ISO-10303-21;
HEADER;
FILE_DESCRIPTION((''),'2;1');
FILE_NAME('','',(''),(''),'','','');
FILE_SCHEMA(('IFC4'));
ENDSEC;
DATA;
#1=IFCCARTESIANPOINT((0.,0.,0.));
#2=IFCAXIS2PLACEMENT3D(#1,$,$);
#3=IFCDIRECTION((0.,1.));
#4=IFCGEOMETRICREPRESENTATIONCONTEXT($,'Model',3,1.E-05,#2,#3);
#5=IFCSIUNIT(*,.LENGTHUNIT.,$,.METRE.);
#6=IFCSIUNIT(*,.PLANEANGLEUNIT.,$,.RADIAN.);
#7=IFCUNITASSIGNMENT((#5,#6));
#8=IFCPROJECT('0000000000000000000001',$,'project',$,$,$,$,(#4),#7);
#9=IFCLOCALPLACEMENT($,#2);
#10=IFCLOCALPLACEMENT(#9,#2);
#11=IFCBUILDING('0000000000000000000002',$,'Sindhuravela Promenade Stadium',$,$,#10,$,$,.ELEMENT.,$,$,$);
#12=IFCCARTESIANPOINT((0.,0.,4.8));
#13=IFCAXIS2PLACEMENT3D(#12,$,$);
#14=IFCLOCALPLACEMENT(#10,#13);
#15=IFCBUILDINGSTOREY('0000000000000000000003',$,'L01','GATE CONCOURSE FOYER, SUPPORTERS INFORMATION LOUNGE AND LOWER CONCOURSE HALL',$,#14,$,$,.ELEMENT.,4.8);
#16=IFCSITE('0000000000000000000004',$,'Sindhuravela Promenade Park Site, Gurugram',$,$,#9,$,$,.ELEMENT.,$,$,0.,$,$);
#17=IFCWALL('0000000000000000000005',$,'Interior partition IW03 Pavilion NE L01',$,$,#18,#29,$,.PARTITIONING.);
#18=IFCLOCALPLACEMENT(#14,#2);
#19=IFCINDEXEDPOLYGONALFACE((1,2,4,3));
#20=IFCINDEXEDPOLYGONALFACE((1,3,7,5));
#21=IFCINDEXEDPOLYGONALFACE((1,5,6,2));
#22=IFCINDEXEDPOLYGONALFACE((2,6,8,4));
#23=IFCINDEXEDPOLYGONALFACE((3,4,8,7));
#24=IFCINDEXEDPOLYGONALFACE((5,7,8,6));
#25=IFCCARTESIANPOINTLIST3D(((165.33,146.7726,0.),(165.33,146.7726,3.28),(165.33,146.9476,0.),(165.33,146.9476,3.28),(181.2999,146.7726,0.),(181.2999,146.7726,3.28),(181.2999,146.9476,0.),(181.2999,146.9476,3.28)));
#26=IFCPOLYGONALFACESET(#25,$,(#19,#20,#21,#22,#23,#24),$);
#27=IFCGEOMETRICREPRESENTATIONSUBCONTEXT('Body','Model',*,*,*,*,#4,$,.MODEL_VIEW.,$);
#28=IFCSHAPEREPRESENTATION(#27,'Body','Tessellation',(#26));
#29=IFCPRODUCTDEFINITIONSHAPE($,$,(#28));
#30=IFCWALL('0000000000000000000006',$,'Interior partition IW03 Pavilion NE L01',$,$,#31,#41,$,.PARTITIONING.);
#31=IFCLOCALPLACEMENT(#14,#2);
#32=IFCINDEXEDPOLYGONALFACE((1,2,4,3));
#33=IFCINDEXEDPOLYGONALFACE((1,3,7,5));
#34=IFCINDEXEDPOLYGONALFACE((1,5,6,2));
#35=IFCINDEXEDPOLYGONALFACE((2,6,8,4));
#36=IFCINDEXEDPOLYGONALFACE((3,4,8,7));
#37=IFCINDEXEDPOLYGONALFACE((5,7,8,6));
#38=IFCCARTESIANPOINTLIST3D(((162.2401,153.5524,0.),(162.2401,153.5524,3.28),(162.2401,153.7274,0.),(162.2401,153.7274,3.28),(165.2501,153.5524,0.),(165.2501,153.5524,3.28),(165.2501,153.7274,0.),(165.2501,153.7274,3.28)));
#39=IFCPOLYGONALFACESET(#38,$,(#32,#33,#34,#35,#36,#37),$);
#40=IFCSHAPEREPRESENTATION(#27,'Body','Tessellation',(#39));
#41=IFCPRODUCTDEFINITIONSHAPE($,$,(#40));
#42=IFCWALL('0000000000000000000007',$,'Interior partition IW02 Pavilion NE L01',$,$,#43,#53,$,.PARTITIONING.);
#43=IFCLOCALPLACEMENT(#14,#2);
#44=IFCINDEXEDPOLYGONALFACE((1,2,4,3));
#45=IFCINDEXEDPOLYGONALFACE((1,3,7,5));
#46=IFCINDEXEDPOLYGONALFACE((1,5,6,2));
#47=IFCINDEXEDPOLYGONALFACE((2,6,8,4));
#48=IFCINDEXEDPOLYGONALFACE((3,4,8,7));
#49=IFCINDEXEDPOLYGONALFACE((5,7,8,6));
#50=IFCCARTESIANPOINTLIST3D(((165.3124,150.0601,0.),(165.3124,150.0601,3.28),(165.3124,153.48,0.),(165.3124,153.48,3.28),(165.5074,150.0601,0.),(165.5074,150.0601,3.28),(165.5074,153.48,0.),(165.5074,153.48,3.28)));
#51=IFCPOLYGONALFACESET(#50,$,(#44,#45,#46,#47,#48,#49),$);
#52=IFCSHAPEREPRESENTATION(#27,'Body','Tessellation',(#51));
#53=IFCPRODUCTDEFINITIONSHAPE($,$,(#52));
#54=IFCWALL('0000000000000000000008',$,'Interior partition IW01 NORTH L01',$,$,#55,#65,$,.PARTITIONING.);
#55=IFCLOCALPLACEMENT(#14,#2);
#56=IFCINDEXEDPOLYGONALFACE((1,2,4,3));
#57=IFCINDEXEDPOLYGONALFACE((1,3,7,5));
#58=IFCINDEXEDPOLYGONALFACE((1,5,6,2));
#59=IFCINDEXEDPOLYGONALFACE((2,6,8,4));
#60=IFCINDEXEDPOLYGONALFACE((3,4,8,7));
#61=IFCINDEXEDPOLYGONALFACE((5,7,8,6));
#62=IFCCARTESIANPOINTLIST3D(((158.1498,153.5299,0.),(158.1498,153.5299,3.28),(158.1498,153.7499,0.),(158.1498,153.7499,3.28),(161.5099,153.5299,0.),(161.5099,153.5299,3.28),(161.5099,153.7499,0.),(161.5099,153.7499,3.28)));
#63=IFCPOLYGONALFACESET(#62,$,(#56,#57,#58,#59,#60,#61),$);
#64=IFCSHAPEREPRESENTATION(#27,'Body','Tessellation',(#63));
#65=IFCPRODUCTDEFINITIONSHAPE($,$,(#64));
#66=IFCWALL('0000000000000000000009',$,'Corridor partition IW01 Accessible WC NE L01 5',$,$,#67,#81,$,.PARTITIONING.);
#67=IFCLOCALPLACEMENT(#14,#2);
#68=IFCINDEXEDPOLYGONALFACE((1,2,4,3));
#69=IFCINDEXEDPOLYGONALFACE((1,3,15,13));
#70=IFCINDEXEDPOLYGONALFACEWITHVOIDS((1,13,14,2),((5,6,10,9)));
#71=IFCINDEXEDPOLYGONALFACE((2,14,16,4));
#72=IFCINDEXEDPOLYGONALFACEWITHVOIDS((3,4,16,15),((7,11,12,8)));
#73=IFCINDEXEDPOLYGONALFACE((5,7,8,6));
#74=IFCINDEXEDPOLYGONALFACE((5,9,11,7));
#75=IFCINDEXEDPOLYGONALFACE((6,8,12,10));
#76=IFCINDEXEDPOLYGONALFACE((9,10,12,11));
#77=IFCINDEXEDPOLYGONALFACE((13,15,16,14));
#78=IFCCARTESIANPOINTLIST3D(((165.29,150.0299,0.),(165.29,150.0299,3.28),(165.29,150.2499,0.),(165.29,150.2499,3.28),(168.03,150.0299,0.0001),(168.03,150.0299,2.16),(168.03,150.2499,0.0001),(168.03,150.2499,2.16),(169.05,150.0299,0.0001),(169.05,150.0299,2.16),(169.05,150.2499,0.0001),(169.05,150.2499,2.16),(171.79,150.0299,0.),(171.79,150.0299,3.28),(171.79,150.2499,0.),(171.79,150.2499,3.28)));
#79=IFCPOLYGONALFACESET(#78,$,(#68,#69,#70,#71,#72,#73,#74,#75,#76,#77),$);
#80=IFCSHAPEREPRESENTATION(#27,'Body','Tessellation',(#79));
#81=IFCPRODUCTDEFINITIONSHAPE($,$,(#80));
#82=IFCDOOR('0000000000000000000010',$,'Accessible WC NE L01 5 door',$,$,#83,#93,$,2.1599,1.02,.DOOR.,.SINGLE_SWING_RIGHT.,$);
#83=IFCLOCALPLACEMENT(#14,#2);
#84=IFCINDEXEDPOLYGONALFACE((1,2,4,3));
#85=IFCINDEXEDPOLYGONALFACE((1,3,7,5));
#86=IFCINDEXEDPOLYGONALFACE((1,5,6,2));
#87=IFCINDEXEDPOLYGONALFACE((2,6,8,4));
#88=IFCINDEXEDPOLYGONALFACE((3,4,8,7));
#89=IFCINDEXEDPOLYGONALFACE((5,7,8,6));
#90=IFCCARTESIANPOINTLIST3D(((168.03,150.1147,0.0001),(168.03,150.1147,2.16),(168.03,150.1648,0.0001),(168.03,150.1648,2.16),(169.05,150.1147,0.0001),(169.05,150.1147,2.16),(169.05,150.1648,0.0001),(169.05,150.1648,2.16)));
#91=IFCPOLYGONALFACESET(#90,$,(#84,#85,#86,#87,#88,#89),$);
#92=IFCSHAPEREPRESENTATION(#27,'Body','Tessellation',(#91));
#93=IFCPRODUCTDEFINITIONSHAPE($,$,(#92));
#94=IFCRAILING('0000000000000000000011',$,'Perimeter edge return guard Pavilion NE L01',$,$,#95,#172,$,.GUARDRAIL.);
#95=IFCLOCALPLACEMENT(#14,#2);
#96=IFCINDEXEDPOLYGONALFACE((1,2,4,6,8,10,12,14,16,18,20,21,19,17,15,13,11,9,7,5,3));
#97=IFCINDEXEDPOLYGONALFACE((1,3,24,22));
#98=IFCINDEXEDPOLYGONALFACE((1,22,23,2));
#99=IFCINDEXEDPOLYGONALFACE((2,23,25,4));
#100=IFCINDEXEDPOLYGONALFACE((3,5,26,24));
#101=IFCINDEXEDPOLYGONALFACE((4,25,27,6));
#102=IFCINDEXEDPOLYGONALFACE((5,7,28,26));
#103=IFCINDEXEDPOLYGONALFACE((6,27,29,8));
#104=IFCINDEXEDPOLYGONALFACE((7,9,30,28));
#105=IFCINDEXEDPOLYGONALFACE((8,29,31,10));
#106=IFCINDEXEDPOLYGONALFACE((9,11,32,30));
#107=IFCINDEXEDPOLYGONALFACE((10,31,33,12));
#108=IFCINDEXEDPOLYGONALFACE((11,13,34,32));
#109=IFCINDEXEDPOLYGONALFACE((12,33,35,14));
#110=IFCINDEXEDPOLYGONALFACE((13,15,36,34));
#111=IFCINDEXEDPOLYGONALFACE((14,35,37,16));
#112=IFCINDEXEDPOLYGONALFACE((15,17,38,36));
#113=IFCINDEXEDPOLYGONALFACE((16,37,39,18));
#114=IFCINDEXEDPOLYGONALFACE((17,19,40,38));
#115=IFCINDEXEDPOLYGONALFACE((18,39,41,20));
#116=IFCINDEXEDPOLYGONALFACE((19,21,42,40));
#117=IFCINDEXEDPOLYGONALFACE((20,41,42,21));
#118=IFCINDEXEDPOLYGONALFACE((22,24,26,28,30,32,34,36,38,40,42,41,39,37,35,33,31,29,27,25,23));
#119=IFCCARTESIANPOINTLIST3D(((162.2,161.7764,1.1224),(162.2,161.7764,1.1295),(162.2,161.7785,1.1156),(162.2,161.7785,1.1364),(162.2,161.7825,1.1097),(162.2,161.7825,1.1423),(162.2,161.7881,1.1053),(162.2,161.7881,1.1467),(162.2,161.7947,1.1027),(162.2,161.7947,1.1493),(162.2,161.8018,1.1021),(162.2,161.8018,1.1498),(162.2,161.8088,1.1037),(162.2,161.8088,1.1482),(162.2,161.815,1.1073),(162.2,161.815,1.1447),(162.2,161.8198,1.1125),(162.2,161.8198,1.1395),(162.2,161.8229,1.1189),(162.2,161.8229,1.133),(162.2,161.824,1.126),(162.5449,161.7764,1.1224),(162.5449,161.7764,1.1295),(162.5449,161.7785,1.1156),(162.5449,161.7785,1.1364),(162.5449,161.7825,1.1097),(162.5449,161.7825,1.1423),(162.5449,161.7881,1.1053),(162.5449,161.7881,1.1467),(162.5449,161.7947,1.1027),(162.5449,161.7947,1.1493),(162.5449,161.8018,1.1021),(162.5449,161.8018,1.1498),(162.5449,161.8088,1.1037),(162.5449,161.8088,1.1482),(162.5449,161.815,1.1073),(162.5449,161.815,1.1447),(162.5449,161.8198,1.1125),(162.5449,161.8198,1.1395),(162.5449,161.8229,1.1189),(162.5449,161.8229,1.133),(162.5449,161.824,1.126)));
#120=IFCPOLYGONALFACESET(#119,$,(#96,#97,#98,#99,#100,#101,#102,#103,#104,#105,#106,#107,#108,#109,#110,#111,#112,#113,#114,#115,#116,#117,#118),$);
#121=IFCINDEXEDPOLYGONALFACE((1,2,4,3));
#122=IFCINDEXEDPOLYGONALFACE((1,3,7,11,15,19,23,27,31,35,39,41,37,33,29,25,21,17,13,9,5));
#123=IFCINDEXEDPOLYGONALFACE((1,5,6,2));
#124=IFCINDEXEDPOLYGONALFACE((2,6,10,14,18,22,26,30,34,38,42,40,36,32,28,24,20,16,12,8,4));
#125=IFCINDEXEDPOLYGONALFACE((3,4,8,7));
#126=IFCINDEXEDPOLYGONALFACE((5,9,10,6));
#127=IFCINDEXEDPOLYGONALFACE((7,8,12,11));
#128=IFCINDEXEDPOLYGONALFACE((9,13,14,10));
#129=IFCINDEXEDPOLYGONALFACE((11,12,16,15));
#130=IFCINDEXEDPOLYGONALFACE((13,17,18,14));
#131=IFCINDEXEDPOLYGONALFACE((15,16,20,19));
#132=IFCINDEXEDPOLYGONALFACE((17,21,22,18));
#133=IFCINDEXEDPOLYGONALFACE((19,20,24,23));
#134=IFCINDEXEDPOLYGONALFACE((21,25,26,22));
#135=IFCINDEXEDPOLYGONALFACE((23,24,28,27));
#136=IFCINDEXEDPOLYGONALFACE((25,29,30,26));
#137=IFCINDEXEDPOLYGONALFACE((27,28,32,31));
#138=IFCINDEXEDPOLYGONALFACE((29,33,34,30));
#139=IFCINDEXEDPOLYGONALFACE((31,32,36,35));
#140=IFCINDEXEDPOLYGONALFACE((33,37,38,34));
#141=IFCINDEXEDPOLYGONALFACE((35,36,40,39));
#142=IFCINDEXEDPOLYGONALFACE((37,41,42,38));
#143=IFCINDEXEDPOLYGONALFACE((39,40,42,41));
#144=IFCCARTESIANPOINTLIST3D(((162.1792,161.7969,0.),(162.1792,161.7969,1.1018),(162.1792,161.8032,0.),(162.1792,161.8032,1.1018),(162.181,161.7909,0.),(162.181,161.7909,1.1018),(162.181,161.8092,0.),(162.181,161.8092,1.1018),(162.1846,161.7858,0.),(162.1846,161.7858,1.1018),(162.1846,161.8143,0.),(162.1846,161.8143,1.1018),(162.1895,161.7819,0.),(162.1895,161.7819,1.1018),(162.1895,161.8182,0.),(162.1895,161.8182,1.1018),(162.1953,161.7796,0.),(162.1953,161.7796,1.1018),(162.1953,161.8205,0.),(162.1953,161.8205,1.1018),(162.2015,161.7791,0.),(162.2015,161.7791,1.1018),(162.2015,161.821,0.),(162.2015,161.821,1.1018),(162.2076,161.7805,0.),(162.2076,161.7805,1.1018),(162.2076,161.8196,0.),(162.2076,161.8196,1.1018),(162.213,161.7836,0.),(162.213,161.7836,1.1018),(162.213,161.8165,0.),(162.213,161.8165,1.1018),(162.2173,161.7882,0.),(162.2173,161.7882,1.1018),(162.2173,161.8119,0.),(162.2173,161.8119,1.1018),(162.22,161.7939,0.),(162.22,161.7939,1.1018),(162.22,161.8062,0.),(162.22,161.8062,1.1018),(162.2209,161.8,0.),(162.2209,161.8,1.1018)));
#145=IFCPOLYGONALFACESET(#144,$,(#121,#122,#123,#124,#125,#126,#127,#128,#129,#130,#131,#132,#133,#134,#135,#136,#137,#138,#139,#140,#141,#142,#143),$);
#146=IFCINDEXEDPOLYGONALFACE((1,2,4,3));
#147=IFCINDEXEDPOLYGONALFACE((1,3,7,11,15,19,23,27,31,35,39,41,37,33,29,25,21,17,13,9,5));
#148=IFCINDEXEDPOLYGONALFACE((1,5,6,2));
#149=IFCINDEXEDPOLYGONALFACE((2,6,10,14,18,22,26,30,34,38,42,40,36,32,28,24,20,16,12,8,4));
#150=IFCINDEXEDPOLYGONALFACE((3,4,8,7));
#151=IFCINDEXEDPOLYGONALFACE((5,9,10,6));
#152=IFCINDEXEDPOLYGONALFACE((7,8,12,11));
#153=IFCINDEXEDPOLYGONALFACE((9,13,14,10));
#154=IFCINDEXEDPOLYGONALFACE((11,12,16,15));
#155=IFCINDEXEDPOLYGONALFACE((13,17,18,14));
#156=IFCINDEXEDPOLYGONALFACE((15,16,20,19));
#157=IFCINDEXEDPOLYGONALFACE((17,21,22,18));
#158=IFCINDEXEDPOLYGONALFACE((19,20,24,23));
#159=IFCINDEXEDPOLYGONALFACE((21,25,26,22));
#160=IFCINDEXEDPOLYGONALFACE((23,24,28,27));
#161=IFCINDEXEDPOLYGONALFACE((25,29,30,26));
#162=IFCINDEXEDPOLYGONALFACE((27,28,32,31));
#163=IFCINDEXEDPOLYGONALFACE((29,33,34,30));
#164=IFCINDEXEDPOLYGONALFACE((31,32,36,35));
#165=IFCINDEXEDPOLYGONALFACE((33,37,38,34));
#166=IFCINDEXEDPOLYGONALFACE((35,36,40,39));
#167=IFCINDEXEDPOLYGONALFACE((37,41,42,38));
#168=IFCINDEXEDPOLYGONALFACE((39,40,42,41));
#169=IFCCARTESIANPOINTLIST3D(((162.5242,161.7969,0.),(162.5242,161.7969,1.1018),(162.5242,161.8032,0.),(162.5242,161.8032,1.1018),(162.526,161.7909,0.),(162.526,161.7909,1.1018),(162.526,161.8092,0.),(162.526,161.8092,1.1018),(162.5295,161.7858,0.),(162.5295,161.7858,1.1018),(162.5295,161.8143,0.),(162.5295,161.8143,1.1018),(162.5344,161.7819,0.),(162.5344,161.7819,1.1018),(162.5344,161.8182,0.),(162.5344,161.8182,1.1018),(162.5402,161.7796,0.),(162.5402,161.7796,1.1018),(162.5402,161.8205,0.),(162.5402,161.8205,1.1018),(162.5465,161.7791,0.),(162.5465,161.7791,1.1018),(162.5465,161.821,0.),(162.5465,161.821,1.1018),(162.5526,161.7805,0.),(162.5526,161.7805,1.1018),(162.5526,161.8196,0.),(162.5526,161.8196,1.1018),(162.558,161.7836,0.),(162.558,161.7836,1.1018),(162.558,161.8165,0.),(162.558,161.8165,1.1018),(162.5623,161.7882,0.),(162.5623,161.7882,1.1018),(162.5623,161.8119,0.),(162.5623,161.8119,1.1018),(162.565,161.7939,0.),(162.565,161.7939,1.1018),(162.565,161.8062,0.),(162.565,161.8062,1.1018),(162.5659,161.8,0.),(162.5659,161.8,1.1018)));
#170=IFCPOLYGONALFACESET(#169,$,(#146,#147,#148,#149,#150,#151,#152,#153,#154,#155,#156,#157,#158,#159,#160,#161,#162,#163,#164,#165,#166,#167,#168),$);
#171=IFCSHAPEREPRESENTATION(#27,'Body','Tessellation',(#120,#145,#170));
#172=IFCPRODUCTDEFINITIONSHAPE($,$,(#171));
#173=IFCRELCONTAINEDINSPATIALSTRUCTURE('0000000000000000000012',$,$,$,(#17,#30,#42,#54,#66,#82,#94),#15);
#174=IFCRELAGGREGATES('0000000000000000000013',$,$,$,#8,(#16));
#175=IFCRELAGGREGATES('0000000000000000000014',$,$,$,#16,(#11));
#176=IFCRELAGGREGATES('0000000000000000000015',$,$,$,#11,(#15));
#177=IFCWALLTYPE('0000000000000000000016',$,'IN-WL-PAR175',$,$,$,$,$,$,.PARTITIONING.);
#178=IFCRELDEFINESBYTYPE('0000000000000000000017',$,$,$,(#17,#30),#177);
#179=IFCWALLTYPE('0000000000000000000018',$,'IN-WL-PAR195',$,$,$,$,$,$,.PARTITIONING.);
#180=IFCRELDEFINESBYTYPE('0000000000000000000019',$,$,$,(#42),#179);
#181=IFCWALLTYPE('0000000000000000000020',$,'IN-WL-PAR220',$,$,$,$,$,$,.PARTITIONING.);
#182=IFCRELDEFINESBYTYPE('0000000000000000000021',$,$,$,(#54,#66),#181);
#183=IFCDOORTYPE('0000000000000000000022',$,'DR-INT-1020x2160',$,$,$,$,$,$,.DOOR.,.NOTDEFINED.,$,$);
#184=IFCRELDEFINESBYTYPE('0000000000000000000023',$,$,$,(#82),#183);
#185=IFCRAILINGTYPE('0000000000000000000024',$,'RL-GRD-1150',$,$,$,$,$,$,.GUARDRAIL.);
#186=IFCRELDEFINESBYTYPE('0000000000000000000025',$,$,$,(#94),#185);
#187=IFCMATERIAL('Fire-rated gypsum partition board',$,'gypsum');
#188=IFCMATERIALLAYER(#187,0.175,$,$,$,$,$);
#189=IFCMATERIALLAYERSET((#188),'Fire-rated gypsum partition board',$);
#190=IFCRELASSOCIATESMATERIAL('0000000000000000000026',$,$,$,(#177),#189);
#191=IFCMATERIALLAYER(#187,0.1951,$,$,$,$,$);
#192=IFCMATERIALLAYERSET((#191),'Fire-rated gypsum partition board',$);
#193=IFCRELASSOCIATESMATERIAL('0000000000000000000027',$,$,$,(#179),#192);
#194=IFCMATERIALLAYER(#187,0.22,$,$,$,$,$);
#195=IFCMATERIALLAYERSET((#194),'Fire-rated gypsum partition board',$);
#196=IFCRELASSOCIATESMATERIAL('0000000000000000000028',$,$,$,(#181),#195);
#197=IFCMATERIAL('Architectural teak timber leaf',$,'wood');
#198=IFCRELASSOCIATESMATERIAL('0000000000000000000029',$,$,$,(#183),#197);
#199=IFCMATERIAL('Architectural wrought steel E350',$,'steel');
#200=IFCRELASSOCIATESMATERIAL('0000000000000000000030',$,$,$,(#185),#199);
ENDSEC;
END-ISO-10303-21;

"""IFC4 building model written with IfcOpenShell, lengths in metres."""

from ifc_helpers import new_model, si_unit, direction, frame, frame_2d, origin, origin_2d, place, context, subcontext, project, spatial, rectangle, circle, extrude, material, layer, layer_set, type_object, element, fill, save


model = new_model("IFC4")

# Units and contexts
model_context = context("Model", 3, precision=1e-05, world=origin(), true_north=direction((0.0, 1.0)))
body_context = subcontext(model_context, "Body", "Model", "MODEL_VIEW")
ifc_project = project(units=[si_unit("LENGTHUNIT", "METRE"), si_unit("PLANEANGLEUNIT", "RADIAN")], contexts=[model_context])

# Site, building, storey
site_placement = place(None, origin())
site = spatial("IfcSite", under=ifc_project, at=site_placement, Name="Sindhuravela Promenade Park Site, Gurugram", CompositionType="ELEMENT", RefElevation=0.0)
building_placement = place(site_placement, origin())
building = spatial("IfcBuilding", under=site, at=building_placement, Name="Sindhuravela Promenade Stadium", CompositionType="ELEMENT")
storey_placement = place(building_placement, frame((0.0, 0.0, 4.8)))
storey = spatial("IfcBuildingStorey", under=building, at=storey_placement, Name="L01", Description="GATE CONCOURSE FOYER, SUPPORTERS INFORMATION LOUNGE AND LOWER CONCOURSE HALL", CompositionType="ELEMENT", Elevation=4.8)

# Walls
ifc_material_1 = material(Name="Fire-rated gypsum partition board", Category="gypsum")
ifc_layer_1 = layer(ifc_material_1, 0.175)
ifc_layer_set_1 = layer_set([ifc_layer_1], Name="Fire-rated gypsum partition board")
wall_type_1 = type_object("IfcWallType", Name="IN-WL-PAR175", PredefinedType="PARTITIONING", material=ifc_layer_set_1)
wall_1_placement = place(storey_placement, frame((165.3301, 146.8601, 0.0), z_axis=(0.0, 0.0, 1.0), x_axis=(1.0, 0.0, 0.0)))
element("IfcWall", 1, at=wall_1_placement, inside=storey, type_object=wall_type_1, Name="Interior partition IW03 Pavilion NE L01", PredefinedType="PARTITIONING", context=body_context, shape_type="SweptSolid", body=[
    extrude(rectangle(XDim=15.97, YDim=0.175, at=frame_2d((7.9849, 0.0))), origin(), (0.0, 0.0, 1.0), 3.28),
])
wall_2_placement = place(storey_placement, frame((165.25, 153.6399, 0.0), z_axis=(0.0, 0.0, 1.0), x_axis=(-1.0, 0.0, 0.0)))
element("IfcWall", 2, at=wall_2_placement, inside=storey, type_object=wall_type_1, Name="Interior partition IW03 Pavilion NE L01", PredefinedType="PARTITIONING", context=body_context, shape_type="SweptSolid", body=[
    extrude(rectangle(XDim=3.01, YDim=0.175, at=frame_2d((1.5049, 0.0))), origin(), (0.0, 0.0, 1.0), 3.28),
])
ifc_layer_2 = layer(ifc_material_1, 0.1951)
ifc_layer_set_2 = layer_set([ifc_layer_2], Name="Fire-rated gypsum partition board")
wall_type_2 = type_object("IfcWallType", Name="IN-WL-PAR195", PredefinedType="PARTITIONING", material=ifc_layer_set_2)
wall_3_placement = place(storey_placement, frame((165.4099, 150.0601, 0.0), z_axis=(0.0, 0.0, 1.0), x_axis=(0.0, 1.0, 0.0)))
element("IfcWall", 3, at=wall_3_placement, inside=storey, type_object=wall_type_2, Name="Interior partition IW02 Pavilion NE L01", PredefinedType="PARTITIONING", context=body_context, shape_type="SweptSolid", body=[
    extrude(rectangle(XDim=3.4199, YDim=0.1951, at=frame_2d((1.71, 0.0))), origin(), (0.0, 0.0, 1.0), 3.28),
])
ifc_layer_3 = layer(ifc_material_1, 0.22)
ifc_layer_set_3 = layer_set([ifc_layer_3], Name="Fire-rated gypsum partition board")
wall_type_3 = type_object("IfcWallType", Name="IN-WL-PAR220", PredefinedType="PARTITIONING", material=ifc_layer_set_3)
wall_4_placement = place(storey_placement, frame((161.51, 153.6399, 0.0), z_axis=(0.0, 0.0, 1.0), x_axis=(-1.0, 0.0, 0.0)))
element("IfcWall", 4, at=wall_4_placement, inside=storey, type_object=wall_type_3, Name="Interior partition IW01 NORTH L01", PredefinedType="PARTITIONING", context=body_context, shape_type="SweptSolid", body=[
    extrude(rectangle(XDim=3.3601, YDim=0.22, at=frame_2d((1.6802, 0.0))), origin(), (0.0, 0.0, 1.0), 3.28),
])

# Wall, opening, door
ifc_material_2 = material(Name="Architectural teak timber leaf", Category="wood")
wall_5_placement = place(storey_placement, frame((165.29, 150.1399, 0.0), z_axis=(0.0, 0.0, 1.0), x_axis=(1.0, 0.0, 0.0)))
wall_5 = element("IfcWall", 5, at=wall_5_placement, inside=storey, type_object=wall_type_3, Name="Corridor partition IW01 Accessible WC NE L01 5", PredefinedType="PARTITIONING", context=body_context, shape_type="SweptSolid", body=[
    extrude(rectangle(XDim=6.5, YDim=0.22, at=frame_2d((3.25, 0.0))), origin(), (0.0, 0.0, 1.0), 3.28),
])
opening_1_placement = place(wall_5_placement, frame((2.74, 0.0, 0.0)))
opening_1 = element("IfcOpeningElement", 6, at=opening_1_placement, cuts=wall_5, PredefinedType="OPENING", context=body_context, shape_type="SweptSolid", body=[
    extrude(rectangle(XDim=1.02, YDim=2.1599, at=frame_2d((0.51, 1.0801))), frame((0.0, 0.1199, 0.0), z_axis=(0.0, -1.0, 0.0), x_axis=(1.0, 0.0, 0.0)), (0.0, 0.0, 1.0), 0.24),
])
door_type_1 = type_object("IfcDoorType", Name="DR-INT-1020x2160", OperationType="NOTDEFINED", PredefinedType="DOOR", material=ifc_material_2)
door_1_placement = place(opening_1_placement, origin())
door_1 = element("IfcDoor", 7, at=door_1_placement, inside=storey, type_object=door_type_1, Name="Accessible WC NE L01 5 door", OperationType="SINGLE_SWING_RIGHT", OverallHeight=2.1599, OverallWidth=1.02, PredefinedType="DOOR", context=body_context, shape_type="SweptSolid", body=[
    extrude(rectangle(XDim=1.02, YDim=2.1599, at=frame_2d((0.51, 1.0801))), frame((0.0, 0.0249, 0.0), z_axis=(0.0, -1.0, 0.0), x_axis=(1.0, 0.0, 0.0)), (0.0, 0.0, 1.0), 0.05),
])
fill(opening_1, door_1)

# Railing
ifc_material_3 = material(Name="Architectural wrought steel E350", Category="steel")
railing_type = type_object("IfcRailingType", Name="RL-GRD-1150", PredefinedType="GUARDRAIL", material=ifc_material_3)
railing_1_placement = place(storey_placement, frame((162.2, 161.8, 0.0)))
element("IfcRailing", 8, at=railing_1_placement, inside=storey, type_object=railing_type, Name="Perimeter edge return guard Pavilion NE L01", PredefinedType="GUARDRAIL", context=body_context, shape_type="SweptSolid", body=[
    extrude(circle(Radius=0.0239, at=origin_2d()), frame((0.0, 0.0, 1.126), z_axis=(1.0, 0.0, 0.0), x_axis=(0.0, 1.0, 0.0)), (0.0, 0.0, 1.0), 0.345),
    extrude(circle(Radius=0.021, at=origin_2d()), origin(), (0.0, 0.0, 1.0), 1.1018),
    extrude(circle(Radius=0.021, at=origin_2d()), frame((0.345, 0.0, 0.0)), (0.0, 0.0, 1.0), 1.1018),
])

save(model, "model.ifc")
